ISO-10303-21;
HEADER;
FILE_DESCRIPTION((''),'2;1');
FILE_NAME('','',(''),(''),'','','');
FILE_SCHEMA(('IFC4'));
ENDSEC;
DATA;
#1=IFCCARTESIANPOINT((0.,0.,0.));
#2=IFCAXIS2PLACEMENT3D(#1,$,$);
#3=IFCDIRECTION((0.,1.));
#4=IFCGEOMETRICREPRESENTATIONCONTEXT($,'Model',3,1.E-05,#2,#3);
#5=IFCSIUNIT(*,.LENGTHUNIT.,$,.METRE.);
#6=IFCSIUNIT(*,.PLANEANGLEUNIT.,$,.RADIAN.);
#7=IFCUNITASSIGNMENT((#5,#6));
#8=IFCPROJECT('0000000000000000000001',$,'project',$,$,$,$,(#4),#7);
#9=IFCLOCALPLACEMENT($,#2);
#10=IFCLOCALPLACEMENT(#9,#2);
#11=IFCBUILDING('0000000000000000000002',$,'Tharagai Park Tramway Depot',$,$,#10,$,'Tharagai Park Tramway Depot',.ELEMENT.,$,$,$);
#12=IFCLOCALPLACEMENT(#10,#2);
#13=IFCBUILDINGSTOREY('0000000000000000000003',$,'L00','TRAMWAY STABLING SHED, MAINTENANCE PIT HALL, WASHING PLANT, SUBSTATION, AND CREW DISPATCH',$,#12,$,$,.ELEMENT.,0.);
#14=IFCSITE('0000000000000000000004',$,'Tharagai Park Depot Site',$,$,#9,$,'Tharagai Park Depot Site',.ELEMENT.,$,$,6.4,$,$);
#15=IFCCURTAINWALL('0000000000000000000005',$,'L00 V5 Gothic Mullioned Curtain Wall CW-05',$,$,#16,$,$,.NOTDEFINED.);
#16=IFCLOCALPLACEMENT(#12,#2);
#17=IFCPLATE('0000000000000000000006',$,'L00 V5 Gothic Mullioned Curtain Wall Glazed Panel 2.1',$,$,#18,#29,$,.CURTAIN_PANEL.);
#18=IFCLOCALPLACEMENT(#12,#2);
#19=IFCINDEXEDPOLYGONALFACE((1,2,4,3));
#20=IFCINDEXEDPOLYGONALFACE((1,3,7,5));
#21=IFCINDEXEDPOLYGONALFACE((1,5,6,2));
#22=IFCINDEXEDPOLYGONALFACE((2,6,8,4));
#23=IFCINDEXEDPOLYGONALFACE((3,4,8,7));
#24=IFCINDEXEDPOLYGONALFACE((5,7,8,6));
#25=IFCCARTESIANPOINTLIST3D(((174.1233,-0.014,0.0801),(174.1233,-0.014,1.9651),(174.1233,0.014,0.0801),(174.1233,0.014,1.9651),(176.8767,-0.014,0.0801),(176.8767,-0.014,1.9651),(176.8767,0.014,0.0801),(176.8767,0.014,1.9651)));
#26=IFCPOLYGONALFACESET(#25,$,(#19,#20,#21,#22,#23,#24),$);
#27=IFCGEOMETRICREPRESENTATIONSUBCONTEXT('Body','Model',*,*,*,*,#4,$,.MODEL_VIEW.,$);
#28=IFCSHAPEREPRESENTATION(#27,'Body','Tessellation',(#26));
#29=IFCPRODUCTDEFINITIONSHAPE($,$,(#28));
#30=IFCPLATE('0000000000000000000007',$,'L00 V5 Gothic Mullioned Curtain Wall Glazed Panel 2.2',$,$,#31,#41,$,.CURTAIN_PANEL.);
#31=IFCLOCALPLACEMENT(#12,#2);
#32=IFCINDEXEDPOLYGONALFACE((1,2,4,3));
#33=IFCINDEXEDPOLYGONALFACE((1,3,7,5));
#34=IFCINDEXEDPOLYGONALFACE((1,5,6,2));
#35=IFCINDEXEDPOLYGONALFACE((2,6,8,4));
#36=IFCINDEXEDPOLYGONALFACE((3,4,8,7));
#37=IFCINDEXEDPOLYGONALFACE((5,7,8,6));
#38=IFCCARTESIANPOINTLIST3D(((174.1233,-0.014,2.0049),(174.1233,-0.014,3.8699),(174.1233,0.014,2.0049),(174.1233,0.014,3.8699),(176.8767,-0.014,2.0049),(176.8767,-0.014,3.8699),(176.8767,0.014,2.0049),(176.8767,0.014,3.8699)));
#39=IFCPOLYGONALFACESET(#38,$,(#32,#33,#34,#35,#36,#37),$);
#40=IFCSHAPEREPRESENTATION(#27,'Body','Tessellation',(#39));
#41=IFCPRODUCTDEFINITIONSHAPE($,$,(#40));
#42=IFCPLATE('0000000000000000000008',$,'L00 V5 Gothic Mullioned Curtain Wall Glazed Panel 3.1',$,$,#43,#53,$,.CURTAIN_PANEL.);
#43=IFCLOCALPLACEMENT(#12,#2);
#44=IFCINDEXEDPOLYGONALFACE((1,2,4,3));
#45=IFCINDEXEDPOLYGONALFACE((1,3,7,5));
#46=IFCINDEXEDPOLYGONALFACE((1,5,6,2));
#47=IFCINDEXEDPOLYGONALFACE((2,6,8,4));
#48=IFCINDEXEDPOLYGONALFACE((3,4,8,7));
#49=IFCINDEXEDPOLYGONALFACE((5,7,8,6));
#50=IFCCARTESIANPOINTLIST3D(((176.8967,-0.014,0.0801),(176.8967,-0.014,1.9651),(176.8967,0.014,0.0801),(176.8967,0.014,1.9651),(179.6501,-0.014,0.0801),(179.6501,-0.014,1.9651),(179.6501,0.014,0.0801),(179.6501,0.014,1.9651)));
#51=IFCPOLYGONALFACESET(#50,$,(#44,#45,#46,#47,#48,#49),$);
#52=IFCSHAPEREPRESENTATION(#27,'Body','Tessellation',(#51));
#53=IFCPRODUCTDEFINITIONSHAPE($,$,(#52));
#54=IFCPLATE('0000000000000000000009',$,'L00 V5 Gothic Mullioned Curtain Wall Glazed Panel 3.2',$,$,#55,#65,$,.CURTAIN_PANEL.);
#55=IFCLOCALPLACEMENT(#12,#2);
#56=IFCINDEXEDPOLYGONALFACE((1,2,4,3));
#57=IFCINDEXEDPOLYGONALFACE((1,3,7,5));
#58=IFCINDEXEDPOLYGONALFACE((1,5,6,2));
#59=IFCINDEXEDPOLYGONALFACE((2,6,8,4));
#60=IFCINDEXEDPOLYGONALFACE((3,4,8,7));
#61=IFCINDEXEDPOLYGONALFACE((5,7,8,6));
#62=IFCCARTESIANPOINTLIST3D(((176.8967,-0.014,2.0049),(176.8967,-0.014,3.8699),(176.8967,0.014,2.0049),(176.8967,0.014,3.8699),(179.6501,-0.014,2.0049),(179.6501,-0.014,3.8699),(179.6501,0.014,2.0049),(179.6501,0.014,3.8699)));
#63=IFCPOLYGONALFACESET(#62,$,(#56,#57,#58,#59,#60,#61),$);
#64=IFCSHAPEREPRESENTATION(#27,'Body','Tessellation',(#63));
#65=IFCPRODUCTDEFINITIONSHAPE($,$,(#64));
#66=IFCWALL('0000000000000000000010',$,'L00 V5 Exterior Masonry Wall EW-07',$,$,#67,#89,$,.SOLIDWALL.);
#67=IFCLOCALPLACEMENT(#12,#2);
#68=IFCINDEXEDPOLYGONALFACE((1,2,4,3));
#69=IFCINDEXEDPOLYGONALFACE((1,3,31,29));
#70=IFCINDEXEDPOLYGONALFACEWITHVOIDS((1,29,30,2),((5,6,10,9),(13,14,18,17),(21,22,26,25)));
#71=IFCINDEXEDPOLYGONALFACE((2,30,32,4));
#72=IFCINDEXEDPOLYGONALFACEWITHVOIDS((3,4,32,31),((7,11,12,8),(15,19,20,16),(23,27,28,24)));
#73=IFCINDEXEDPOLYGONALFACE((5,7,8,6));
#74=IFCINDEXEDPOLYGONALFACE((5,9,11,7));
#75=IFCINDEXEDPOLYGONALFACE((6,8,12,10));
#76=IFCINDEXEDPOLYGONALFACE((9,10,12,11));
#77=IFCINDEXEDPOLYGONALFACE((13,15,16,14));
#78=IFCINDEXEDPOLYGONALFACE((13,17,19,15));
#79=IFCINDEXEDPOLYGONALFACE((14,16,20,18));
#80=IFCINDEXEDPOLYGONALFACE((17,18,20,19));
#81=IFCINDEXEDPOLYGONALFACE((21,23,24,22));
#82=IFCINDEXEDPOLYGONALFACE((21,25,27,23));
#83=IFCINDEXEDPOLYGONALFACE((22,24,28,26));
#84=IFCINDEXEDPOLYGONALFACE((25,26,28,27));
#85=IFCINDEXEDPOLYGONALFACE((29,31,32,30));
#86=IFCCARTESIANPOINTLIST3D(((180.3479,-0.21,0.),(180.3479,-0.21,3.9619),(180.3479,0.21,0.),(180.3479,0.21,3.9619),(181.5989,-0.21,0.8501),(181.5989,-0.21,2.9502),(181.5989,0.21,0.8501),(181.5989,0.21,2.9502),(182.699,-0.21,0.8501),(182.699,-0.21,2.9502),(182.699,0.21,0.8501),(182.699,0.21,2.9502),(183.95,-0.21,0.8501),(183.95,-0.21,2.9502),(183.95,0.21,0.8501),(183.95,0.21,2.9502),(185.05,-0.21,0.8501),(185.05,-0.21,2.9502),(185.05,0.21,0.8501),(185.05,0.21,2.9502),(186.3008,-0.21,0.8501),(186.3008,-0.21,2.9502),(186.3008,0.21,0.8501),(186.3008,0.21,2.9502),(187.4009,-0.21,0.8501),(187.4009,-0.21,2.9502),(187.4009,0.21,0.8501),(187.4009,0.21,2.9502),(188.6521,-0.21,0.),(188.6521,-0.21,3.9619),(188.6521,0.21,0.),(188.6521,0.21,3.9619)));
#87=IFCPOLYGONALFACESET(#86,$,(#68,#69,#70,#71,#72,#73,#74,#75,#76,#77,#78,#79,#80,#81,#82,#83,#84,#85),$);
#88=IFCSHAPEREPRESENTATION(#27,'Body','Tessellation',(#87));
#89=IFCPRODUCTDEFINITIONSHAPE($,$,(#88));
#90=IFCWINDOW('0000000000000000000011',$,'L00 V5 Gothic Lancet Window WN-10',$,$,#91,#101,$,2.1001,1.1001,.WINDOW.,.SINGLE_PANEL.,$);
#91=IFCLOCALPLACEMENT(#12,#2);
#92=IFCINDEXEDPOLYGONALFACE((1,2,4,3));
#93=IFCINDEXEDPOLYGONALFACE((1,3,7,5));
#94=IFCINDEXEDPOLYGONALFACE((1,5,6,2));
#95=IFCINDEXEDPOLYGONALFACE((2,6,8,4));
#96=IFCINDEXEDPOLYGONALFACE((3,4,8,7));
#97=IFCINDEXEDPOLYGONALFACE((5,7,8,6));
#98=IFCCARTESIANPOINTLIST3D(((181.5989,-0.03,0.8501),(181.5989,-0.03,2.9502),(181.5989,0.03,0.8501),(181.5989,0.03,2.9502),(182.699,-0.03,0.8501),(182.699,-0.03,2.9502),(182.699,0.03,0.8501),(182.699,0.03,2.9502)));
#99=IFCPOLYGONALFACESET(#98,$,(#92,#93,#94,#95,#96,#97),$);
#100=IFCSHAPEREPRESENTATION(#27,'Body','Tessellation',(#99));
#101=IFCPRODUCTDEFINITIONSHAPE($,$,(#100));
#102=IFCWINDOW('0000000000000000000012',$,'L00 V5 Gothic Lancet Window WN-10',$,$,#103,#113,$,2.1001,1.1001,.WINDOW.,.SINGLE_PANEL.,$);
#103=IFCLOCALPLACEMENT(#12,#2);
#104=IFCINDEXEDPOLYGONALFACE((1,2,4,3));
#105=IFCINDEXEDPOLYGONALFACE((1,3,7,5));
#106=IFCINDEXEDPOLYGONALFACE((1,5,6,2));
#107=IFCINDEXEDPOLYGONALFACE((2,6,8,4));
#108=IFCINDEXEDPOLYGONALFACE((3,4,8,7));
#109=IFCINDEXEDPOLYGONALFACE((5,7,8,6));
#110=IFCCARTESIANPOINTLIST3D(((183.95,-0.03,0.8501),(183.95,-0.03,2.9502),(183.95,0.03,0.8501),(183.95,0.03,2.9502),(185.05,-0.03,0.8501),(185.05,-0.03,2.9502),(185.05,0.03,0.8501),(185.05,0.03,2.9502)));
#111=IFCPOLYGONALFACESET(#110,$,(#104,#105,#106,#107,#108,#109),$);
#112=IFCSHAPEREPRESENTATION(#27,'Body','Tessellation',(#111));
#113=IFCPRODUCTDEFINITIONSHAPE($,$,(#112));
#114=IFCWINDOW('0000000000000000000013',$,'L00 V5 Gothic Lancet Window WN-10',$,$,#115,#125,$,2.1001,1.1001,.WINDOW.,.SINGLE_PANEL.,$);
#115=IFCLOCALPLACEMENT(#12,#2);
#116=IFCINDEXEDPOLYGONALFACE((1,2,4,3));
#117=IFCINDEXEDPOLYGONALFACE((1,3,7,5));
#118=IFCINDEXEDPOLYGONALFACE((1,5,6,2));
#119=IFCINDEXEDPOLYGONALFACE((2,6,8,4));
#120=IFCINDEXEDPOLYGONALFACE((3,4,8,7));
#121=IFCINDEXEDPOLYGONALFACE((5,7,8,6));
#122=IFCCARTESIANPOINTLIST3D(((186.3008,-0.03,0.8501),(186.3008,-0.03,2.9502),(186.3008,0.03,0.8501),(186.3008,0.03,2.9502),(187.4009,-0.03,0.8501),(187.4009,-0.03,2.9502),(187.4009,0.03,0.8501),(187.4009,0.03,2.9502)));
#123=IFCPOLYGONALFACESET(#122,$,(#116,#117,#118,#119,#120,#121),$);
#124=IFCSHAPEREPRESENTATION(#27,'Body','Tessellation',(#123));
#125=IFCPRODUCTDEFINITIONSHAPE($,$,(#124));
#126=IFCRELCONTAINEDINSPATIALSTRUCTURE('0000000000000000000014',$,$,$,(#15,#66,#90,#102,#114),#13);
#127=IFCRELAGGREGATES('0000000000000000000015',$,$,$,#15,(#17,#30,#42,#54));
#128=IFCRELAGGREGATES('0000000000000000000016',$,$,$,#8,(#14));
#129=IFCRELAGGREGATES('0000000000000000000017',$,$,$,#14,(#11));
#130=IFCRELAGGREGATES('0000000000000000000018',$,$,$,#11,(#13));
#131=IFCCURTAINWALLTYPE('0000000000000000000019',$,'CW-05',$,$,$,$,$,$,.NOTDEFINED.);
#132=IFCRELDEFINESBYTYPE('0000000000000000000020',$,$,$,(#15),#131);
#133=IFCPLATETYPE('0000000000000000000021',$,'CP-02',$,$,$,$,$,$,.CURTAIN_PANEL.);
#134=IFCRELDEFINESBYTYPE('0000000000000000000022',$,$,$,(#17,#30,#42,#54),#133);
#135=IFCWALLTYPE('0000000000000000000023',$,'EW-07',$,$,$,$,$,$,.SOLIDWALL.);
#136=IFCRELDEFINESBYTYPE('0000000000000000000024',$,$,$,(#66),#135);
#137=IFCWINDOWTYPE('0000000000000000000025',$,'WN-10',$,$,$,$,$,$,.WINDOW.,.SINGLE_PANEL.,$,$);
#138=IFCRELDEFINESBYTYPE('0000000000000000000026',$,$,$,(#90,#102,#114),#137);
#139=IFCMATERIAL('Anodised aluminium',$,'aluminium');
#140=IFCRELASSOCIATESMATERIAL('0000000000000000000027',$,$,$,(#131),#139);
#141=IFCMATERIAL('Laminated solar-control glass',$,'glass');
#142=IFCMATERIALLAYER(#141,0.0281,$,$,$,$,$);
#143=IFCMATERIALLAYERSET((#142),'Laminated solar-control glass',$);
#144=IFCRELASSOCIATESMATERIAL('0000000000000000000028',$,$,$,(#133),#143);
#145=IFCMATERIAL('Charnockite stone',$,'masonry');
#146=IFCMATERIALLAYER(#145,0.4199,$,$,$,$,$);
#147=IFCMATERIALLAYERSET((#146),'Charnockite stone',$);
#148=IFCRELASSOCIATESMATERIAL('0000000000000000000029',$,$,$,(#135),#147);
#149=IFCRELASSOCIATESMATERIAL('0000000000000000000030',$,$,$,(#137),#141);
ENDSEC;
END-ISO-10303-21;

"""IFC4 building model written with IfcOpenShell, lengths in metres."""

from ifc_helpers import new_model, si_unit, direction, frame, frame_2d, origin, origin_2d, place, context, subcontext, project, spatial, rectangle, extrude, material, layer, layer_set, type_object, element, fill, aggregate, save


model = new_model("IFC4")

# Units and contexts
model_context = context("Model", 3, precision=1e-05, world=origin(), true_north=direction((0.0, 1.0)))
body_context = subcontext(model_context, "Body", "Model", "MODEL_VIEW")
ifc_project = project(units=[si_unit("LENGTHUNIT", "METRE"), si_unit("PLANEANGLEUNIT", "RADIAN")], contexts=[model_context])

# Site, building, storey
site_placement = place(None, origin())
site = spatial("IfcSite", under=ifc_project, at=site_placement, Name="Tharagai Park Depot Site", LongName="Tharagai Park Depot Site", CompositionType="ELEMENT", RefElevation=6.4)
building_placement = place(site_placement, origin())
building = spatial("IfcBuilding", under=site, at=building_placement, Name="Tharagai Park Tramway Depot", LongName="Tharagai Park Tramway Depot", CompositionType="ELEMENT")
storey_placement = place(building_placement, origin())
storey = spatial("IfcBuildingStorey", under=building, at=storey_placement, Name="L00", Description="TRAMWAY STABLING SHED, MAINTENANCE PIT HALL, WASHING PLANT, SUBSTATION, AND CREW DISPATCH", CompositionType="ELEMENT", Elevation=0.0)

# Curtain wall, plates
ifc_material_1 = material(Name="Anodised aluminium", Category="aluminium")
curtain_wall_type = type_object("IfcCurtainWallType", Name="CW-05", PredefinedType="NOTDEFINED", material=ifc_material_1)
curtain_wall_placement = place(storey_placement, origin())
curtain_wall = element("IfcCurtainWall", 1, at=curtain_wall_placement, inside=storey, type_object=curtain_wall_type, Name="L00 V5 Gothic Mullioned Curtain Wall CW-05", PredefinedType="NOTDEFINED")
ifc_material_2 = material(Name="Laminated solar-control glass", Category="glass")
ifc_layer_1 = layer(ifc_material_2, 0.0281)
ifc_layer_set_1 = layer_set([ifc_layer_1], Name="Laminated solar-control glass")
plate_type = type_object("IfcPlateType", Name="CP-02", PredefinedType="CURTAIN_PANEL", material=ifc_layer_set_1)
plate_1_placement = place(storey_placement, frame((175.5, 0.0, 0.0801), z_axis=(0.0, 0.0, 1.0), x_axis=(1.0, 0.0, 0.0)))
plate_1 = element("IfcPlate", 2, at=plate_1_placement, type_object=plate_type, Name="L00 V5 Gothic Mullioned Curtain Wall Glazed Panel 2.1", PredefinedType="CURTAIN_PANEL", context=body_context, shape_type="SweptSolid", body=[
    extrude(rectangle(XDim=2.7534, YDim=0.0281, at=origin_2d()), origin(), (0.0, 0.0, 1.0), 1.885),
])
plate_2_placement = place(storey_placement, frame((175.5, 0.0, 2.0049), z_axis=(0.0, 0.0, 1.0), x_axis=(1.0, 0.0, 0.0)))
plate_2 = element("IfcPlate", 3, at=plate_2_placement, type_object=plate_type, Name="L00 V5 Gothic Mullioned Curtain Wall Glazed Panel 2.2", PredefinedType="CURTAIN_PANEL", context=body_context, shape_type="SweptSolid", body=[
    extrude(rectangle(XDim=2.7534, YDim=0.0281, at=origin_2d()), origin(), (0.0, 0.0, 1.0), 1.865),
])
plate_3_placement = place(storey_placement, frame((178.2734, 0.0, 0.0801), z_axis=(0.0, 0.0, 1.0), x_axis=(1.0, 0.0, 0.0)))
plate_3 = element("IfcPlate", 4, at=plate_3_placement, type_object=plate_type, Name="L00 V5 Gothic Mullioned Curtain Wall Glazed Panel 3.1", PredefinedType="CURTAIN_PANEL", context=body_context, shape_type="SweptSolid", body=[
    extrude(rectangle(XDim=2.7534, YDim=0.0281, at=origin_2d()), origin(), (0.0, 0.0, 1.0), 1.885),
])
plate_4_placement = place(storey_placement, frame((178.2734, 0.0, 2.0049), z_axis=(0.0, 0.0, 1.0), x_axis=(1.0, 0.0, 0.0)))
plate_4 = element("IfcPlate", 5, at=plate_4_placement, type_object=plate_type, Name="L00 V5 Gothic Mullioned Curtain Wall Glazed Panel 3.2", PredefinedType="CURTAIN_PANEL", context=body_context, shape_type="SweptSolid", body=[
    extrude(rectangle(XDim=2.7534, YDim=0.0281, at=origin_2d()), origin(), (0.0, 0.0, 1.0), 1.865),
])
aggregate(curtain_wall, [plate_1, plate_2, plate_3, plate_4])

# Wall, openings, windows
ifc_material_3 = material(Name="Charnockite stone", Category="masonry")
ifc_layer_2 = layer(ifc_material_3, 0.4199)
ifc_layer_set_2 = layer_set([ifc_layer_2], Name="Charnockite stone")
wall_type = type_object("IfcWallType", Name="EW-07", PredefinedType="SOLIDWALL", material=ifc_layer_set_2)
wall_placement = place(storey_placement, frame((180.3479, 0.0, 0.0), z_axis=(0.0, 0.0, 1.0), x_axis=(1.0, 0.0, 0.0)))
wall = element("IfcWall", 6, at=wall_placement, inside=storey, type_object=wall_type, Name="L00 V5 Exterior Masonry Wall EW-07", PredefinedType="SOLIDWALL", context=body_context, shape_type="SweptSolid", body=[
    extrude(rectangle(XDim=8.3042, YDim=0.4199, at=frame_2d((4.1521, 0.0))), origin(), (0.0, 0.0, 1.0), 3.9619),
])
opening_1_placement = place(wall_placement, frame((1.251, 0.0, 0.8501)))
opening_1 = element("IfcOpeningElement", 7, at=opening_1_placement, cuts=wall, PredefinedType="OPENING", context=body_context, shape_type="SweptSolid", body=[
    extrude(rectangle(XDim=1.1001, YDim=2.1001, at=frame_2d((0.55, 1.05))), frame((0.0, 0.22, 0.0), z_axis=(0.0, -1.0, 0.0), x_axis=(1.0, 0.0, 0.0)), (0.0, 0.0, 1.0), 0.4399),
])
opening_2_placement = place(wall_placement, frame((3.6021, 0.0, 0.8501)))
opening_2 = element("IfcOpeningElement", 8, at=opening_2_placement, cuts=wall, PredefinedType="OPENING", context=body_context, shape_type="SweptSolid", body=[
    extrude(rectangle(XDim=1.1001, YDim=2.1001, at=frame_2d((0.55, 1.05))), frame((0.0, 0.22, 0.0), z_axis=(0.0, -1.0, 0.0), x_axis=(1.0, 0.0, 0.0)), (0.0, 0.0, 1.0), 0.4399),
])
opening_3_placement = place(wall_placement, frame((5.9529, 0.0, 0.8501)))
opening_3 = element("IfcOpeningElement", 9, at=opening_3_placement, cuts=wall, PredefinedType="OPENING", context=body_context, shape_type="SweptSolid", body=[
    extrude(rectangle(XDim=1.1001, YDim=2.1001, at=frame_2d((0.55, 1.05))), frame((0.0, 0.22, 0.0), z_axis=(0.0, -1.0, 0.0), x_axis=(1.0, 0.0, 0.0)), (0.0, 0.0, 1.0), 0.4399),
])
window_type = type_object("IfcWindowType", Name="WN-10", PartitioningType="SINGLE_PANEL", PredefinedType="WINDOW", material=ifc_material_2)
window_1_placement = place(opening_1_placement, origin())
window_1 = element("IfcWindow", 10, at=window_1_placement, inside=storey, type_object=window_type, Name="L00 V5 Gothic Lancet Window WN-10", OverallHeight=2.1001, OverallWidth=1.1001, PartitioningType="SINGLE_PANEL", PredefinedType="WINDOW", context=body_context, shape_type="SweptSolid", body=[
    extrude(rectangle(XDim=1.1001, YDim=2.1001, at=frame_2d((0.55, 1.05))), frame((0.0, 0.03, 0.0), z_axis=(0.0, -1.0, 0.0), x_axis=(1.0, 0.0, 0.0)), (0.0, 0.0, 1.0), 0.0601),
])
fill(opening_1, window_1)
window_2_placement = place(opening_2_placement, origin())
window_2 = element("IfcWindow", 11, at=window_2_placement, inside=storey, type_object=window_type, Name="L00 V5 Gothic Lancet Window WN-10", OverallHeight=2.1001, OverallWidth=1.1001, PartitioningType="SINGLE_PANEL", PredefinedType="WINDOW", context=body_context, shape_type="SweptSolid", body=[
    extrude(rectangle(XDim=1.1001, YDim=2.1001, at=frame_2d((0.55, 1.05))), frame((0.0, 0.03, 0.0), z_axis=(0.0, -1.0, 0.0), x_axis=(1.0, 0.0, 0.0)), (0.0, 0.0, 1.0), 0.0601),
])
fill(opening_2, window_2)
window_3_placement = place(opening_3_placement, origin())
window_3 = element("IfcWindow", 12, at=window_3_placement, inside=storey, type_object=window_type, Name="L00 V5 Gothic Lancet Window WN-10", OverallHeight=2.1001, OverallWidth=1.1001, PartitioningType="SINGLE_PANEL", PredefinedType="WINDOW", context=body_context, shape_type="SweptSolid", body=[
    extrude(rectangle(XDim=1.1001, YDim=2.1001, at=frame_2d((0.55, 1.05))), frame((0.0, 0.03, 0.0), z_axis=(0.0, -1.0, 0.0), x_axis=(1.0, 0.0, 0.0)), (0.0, 0.0, 1.0), 0.0601),
])
fill(opening_3, window_3)

save(model, "model.ifc")
